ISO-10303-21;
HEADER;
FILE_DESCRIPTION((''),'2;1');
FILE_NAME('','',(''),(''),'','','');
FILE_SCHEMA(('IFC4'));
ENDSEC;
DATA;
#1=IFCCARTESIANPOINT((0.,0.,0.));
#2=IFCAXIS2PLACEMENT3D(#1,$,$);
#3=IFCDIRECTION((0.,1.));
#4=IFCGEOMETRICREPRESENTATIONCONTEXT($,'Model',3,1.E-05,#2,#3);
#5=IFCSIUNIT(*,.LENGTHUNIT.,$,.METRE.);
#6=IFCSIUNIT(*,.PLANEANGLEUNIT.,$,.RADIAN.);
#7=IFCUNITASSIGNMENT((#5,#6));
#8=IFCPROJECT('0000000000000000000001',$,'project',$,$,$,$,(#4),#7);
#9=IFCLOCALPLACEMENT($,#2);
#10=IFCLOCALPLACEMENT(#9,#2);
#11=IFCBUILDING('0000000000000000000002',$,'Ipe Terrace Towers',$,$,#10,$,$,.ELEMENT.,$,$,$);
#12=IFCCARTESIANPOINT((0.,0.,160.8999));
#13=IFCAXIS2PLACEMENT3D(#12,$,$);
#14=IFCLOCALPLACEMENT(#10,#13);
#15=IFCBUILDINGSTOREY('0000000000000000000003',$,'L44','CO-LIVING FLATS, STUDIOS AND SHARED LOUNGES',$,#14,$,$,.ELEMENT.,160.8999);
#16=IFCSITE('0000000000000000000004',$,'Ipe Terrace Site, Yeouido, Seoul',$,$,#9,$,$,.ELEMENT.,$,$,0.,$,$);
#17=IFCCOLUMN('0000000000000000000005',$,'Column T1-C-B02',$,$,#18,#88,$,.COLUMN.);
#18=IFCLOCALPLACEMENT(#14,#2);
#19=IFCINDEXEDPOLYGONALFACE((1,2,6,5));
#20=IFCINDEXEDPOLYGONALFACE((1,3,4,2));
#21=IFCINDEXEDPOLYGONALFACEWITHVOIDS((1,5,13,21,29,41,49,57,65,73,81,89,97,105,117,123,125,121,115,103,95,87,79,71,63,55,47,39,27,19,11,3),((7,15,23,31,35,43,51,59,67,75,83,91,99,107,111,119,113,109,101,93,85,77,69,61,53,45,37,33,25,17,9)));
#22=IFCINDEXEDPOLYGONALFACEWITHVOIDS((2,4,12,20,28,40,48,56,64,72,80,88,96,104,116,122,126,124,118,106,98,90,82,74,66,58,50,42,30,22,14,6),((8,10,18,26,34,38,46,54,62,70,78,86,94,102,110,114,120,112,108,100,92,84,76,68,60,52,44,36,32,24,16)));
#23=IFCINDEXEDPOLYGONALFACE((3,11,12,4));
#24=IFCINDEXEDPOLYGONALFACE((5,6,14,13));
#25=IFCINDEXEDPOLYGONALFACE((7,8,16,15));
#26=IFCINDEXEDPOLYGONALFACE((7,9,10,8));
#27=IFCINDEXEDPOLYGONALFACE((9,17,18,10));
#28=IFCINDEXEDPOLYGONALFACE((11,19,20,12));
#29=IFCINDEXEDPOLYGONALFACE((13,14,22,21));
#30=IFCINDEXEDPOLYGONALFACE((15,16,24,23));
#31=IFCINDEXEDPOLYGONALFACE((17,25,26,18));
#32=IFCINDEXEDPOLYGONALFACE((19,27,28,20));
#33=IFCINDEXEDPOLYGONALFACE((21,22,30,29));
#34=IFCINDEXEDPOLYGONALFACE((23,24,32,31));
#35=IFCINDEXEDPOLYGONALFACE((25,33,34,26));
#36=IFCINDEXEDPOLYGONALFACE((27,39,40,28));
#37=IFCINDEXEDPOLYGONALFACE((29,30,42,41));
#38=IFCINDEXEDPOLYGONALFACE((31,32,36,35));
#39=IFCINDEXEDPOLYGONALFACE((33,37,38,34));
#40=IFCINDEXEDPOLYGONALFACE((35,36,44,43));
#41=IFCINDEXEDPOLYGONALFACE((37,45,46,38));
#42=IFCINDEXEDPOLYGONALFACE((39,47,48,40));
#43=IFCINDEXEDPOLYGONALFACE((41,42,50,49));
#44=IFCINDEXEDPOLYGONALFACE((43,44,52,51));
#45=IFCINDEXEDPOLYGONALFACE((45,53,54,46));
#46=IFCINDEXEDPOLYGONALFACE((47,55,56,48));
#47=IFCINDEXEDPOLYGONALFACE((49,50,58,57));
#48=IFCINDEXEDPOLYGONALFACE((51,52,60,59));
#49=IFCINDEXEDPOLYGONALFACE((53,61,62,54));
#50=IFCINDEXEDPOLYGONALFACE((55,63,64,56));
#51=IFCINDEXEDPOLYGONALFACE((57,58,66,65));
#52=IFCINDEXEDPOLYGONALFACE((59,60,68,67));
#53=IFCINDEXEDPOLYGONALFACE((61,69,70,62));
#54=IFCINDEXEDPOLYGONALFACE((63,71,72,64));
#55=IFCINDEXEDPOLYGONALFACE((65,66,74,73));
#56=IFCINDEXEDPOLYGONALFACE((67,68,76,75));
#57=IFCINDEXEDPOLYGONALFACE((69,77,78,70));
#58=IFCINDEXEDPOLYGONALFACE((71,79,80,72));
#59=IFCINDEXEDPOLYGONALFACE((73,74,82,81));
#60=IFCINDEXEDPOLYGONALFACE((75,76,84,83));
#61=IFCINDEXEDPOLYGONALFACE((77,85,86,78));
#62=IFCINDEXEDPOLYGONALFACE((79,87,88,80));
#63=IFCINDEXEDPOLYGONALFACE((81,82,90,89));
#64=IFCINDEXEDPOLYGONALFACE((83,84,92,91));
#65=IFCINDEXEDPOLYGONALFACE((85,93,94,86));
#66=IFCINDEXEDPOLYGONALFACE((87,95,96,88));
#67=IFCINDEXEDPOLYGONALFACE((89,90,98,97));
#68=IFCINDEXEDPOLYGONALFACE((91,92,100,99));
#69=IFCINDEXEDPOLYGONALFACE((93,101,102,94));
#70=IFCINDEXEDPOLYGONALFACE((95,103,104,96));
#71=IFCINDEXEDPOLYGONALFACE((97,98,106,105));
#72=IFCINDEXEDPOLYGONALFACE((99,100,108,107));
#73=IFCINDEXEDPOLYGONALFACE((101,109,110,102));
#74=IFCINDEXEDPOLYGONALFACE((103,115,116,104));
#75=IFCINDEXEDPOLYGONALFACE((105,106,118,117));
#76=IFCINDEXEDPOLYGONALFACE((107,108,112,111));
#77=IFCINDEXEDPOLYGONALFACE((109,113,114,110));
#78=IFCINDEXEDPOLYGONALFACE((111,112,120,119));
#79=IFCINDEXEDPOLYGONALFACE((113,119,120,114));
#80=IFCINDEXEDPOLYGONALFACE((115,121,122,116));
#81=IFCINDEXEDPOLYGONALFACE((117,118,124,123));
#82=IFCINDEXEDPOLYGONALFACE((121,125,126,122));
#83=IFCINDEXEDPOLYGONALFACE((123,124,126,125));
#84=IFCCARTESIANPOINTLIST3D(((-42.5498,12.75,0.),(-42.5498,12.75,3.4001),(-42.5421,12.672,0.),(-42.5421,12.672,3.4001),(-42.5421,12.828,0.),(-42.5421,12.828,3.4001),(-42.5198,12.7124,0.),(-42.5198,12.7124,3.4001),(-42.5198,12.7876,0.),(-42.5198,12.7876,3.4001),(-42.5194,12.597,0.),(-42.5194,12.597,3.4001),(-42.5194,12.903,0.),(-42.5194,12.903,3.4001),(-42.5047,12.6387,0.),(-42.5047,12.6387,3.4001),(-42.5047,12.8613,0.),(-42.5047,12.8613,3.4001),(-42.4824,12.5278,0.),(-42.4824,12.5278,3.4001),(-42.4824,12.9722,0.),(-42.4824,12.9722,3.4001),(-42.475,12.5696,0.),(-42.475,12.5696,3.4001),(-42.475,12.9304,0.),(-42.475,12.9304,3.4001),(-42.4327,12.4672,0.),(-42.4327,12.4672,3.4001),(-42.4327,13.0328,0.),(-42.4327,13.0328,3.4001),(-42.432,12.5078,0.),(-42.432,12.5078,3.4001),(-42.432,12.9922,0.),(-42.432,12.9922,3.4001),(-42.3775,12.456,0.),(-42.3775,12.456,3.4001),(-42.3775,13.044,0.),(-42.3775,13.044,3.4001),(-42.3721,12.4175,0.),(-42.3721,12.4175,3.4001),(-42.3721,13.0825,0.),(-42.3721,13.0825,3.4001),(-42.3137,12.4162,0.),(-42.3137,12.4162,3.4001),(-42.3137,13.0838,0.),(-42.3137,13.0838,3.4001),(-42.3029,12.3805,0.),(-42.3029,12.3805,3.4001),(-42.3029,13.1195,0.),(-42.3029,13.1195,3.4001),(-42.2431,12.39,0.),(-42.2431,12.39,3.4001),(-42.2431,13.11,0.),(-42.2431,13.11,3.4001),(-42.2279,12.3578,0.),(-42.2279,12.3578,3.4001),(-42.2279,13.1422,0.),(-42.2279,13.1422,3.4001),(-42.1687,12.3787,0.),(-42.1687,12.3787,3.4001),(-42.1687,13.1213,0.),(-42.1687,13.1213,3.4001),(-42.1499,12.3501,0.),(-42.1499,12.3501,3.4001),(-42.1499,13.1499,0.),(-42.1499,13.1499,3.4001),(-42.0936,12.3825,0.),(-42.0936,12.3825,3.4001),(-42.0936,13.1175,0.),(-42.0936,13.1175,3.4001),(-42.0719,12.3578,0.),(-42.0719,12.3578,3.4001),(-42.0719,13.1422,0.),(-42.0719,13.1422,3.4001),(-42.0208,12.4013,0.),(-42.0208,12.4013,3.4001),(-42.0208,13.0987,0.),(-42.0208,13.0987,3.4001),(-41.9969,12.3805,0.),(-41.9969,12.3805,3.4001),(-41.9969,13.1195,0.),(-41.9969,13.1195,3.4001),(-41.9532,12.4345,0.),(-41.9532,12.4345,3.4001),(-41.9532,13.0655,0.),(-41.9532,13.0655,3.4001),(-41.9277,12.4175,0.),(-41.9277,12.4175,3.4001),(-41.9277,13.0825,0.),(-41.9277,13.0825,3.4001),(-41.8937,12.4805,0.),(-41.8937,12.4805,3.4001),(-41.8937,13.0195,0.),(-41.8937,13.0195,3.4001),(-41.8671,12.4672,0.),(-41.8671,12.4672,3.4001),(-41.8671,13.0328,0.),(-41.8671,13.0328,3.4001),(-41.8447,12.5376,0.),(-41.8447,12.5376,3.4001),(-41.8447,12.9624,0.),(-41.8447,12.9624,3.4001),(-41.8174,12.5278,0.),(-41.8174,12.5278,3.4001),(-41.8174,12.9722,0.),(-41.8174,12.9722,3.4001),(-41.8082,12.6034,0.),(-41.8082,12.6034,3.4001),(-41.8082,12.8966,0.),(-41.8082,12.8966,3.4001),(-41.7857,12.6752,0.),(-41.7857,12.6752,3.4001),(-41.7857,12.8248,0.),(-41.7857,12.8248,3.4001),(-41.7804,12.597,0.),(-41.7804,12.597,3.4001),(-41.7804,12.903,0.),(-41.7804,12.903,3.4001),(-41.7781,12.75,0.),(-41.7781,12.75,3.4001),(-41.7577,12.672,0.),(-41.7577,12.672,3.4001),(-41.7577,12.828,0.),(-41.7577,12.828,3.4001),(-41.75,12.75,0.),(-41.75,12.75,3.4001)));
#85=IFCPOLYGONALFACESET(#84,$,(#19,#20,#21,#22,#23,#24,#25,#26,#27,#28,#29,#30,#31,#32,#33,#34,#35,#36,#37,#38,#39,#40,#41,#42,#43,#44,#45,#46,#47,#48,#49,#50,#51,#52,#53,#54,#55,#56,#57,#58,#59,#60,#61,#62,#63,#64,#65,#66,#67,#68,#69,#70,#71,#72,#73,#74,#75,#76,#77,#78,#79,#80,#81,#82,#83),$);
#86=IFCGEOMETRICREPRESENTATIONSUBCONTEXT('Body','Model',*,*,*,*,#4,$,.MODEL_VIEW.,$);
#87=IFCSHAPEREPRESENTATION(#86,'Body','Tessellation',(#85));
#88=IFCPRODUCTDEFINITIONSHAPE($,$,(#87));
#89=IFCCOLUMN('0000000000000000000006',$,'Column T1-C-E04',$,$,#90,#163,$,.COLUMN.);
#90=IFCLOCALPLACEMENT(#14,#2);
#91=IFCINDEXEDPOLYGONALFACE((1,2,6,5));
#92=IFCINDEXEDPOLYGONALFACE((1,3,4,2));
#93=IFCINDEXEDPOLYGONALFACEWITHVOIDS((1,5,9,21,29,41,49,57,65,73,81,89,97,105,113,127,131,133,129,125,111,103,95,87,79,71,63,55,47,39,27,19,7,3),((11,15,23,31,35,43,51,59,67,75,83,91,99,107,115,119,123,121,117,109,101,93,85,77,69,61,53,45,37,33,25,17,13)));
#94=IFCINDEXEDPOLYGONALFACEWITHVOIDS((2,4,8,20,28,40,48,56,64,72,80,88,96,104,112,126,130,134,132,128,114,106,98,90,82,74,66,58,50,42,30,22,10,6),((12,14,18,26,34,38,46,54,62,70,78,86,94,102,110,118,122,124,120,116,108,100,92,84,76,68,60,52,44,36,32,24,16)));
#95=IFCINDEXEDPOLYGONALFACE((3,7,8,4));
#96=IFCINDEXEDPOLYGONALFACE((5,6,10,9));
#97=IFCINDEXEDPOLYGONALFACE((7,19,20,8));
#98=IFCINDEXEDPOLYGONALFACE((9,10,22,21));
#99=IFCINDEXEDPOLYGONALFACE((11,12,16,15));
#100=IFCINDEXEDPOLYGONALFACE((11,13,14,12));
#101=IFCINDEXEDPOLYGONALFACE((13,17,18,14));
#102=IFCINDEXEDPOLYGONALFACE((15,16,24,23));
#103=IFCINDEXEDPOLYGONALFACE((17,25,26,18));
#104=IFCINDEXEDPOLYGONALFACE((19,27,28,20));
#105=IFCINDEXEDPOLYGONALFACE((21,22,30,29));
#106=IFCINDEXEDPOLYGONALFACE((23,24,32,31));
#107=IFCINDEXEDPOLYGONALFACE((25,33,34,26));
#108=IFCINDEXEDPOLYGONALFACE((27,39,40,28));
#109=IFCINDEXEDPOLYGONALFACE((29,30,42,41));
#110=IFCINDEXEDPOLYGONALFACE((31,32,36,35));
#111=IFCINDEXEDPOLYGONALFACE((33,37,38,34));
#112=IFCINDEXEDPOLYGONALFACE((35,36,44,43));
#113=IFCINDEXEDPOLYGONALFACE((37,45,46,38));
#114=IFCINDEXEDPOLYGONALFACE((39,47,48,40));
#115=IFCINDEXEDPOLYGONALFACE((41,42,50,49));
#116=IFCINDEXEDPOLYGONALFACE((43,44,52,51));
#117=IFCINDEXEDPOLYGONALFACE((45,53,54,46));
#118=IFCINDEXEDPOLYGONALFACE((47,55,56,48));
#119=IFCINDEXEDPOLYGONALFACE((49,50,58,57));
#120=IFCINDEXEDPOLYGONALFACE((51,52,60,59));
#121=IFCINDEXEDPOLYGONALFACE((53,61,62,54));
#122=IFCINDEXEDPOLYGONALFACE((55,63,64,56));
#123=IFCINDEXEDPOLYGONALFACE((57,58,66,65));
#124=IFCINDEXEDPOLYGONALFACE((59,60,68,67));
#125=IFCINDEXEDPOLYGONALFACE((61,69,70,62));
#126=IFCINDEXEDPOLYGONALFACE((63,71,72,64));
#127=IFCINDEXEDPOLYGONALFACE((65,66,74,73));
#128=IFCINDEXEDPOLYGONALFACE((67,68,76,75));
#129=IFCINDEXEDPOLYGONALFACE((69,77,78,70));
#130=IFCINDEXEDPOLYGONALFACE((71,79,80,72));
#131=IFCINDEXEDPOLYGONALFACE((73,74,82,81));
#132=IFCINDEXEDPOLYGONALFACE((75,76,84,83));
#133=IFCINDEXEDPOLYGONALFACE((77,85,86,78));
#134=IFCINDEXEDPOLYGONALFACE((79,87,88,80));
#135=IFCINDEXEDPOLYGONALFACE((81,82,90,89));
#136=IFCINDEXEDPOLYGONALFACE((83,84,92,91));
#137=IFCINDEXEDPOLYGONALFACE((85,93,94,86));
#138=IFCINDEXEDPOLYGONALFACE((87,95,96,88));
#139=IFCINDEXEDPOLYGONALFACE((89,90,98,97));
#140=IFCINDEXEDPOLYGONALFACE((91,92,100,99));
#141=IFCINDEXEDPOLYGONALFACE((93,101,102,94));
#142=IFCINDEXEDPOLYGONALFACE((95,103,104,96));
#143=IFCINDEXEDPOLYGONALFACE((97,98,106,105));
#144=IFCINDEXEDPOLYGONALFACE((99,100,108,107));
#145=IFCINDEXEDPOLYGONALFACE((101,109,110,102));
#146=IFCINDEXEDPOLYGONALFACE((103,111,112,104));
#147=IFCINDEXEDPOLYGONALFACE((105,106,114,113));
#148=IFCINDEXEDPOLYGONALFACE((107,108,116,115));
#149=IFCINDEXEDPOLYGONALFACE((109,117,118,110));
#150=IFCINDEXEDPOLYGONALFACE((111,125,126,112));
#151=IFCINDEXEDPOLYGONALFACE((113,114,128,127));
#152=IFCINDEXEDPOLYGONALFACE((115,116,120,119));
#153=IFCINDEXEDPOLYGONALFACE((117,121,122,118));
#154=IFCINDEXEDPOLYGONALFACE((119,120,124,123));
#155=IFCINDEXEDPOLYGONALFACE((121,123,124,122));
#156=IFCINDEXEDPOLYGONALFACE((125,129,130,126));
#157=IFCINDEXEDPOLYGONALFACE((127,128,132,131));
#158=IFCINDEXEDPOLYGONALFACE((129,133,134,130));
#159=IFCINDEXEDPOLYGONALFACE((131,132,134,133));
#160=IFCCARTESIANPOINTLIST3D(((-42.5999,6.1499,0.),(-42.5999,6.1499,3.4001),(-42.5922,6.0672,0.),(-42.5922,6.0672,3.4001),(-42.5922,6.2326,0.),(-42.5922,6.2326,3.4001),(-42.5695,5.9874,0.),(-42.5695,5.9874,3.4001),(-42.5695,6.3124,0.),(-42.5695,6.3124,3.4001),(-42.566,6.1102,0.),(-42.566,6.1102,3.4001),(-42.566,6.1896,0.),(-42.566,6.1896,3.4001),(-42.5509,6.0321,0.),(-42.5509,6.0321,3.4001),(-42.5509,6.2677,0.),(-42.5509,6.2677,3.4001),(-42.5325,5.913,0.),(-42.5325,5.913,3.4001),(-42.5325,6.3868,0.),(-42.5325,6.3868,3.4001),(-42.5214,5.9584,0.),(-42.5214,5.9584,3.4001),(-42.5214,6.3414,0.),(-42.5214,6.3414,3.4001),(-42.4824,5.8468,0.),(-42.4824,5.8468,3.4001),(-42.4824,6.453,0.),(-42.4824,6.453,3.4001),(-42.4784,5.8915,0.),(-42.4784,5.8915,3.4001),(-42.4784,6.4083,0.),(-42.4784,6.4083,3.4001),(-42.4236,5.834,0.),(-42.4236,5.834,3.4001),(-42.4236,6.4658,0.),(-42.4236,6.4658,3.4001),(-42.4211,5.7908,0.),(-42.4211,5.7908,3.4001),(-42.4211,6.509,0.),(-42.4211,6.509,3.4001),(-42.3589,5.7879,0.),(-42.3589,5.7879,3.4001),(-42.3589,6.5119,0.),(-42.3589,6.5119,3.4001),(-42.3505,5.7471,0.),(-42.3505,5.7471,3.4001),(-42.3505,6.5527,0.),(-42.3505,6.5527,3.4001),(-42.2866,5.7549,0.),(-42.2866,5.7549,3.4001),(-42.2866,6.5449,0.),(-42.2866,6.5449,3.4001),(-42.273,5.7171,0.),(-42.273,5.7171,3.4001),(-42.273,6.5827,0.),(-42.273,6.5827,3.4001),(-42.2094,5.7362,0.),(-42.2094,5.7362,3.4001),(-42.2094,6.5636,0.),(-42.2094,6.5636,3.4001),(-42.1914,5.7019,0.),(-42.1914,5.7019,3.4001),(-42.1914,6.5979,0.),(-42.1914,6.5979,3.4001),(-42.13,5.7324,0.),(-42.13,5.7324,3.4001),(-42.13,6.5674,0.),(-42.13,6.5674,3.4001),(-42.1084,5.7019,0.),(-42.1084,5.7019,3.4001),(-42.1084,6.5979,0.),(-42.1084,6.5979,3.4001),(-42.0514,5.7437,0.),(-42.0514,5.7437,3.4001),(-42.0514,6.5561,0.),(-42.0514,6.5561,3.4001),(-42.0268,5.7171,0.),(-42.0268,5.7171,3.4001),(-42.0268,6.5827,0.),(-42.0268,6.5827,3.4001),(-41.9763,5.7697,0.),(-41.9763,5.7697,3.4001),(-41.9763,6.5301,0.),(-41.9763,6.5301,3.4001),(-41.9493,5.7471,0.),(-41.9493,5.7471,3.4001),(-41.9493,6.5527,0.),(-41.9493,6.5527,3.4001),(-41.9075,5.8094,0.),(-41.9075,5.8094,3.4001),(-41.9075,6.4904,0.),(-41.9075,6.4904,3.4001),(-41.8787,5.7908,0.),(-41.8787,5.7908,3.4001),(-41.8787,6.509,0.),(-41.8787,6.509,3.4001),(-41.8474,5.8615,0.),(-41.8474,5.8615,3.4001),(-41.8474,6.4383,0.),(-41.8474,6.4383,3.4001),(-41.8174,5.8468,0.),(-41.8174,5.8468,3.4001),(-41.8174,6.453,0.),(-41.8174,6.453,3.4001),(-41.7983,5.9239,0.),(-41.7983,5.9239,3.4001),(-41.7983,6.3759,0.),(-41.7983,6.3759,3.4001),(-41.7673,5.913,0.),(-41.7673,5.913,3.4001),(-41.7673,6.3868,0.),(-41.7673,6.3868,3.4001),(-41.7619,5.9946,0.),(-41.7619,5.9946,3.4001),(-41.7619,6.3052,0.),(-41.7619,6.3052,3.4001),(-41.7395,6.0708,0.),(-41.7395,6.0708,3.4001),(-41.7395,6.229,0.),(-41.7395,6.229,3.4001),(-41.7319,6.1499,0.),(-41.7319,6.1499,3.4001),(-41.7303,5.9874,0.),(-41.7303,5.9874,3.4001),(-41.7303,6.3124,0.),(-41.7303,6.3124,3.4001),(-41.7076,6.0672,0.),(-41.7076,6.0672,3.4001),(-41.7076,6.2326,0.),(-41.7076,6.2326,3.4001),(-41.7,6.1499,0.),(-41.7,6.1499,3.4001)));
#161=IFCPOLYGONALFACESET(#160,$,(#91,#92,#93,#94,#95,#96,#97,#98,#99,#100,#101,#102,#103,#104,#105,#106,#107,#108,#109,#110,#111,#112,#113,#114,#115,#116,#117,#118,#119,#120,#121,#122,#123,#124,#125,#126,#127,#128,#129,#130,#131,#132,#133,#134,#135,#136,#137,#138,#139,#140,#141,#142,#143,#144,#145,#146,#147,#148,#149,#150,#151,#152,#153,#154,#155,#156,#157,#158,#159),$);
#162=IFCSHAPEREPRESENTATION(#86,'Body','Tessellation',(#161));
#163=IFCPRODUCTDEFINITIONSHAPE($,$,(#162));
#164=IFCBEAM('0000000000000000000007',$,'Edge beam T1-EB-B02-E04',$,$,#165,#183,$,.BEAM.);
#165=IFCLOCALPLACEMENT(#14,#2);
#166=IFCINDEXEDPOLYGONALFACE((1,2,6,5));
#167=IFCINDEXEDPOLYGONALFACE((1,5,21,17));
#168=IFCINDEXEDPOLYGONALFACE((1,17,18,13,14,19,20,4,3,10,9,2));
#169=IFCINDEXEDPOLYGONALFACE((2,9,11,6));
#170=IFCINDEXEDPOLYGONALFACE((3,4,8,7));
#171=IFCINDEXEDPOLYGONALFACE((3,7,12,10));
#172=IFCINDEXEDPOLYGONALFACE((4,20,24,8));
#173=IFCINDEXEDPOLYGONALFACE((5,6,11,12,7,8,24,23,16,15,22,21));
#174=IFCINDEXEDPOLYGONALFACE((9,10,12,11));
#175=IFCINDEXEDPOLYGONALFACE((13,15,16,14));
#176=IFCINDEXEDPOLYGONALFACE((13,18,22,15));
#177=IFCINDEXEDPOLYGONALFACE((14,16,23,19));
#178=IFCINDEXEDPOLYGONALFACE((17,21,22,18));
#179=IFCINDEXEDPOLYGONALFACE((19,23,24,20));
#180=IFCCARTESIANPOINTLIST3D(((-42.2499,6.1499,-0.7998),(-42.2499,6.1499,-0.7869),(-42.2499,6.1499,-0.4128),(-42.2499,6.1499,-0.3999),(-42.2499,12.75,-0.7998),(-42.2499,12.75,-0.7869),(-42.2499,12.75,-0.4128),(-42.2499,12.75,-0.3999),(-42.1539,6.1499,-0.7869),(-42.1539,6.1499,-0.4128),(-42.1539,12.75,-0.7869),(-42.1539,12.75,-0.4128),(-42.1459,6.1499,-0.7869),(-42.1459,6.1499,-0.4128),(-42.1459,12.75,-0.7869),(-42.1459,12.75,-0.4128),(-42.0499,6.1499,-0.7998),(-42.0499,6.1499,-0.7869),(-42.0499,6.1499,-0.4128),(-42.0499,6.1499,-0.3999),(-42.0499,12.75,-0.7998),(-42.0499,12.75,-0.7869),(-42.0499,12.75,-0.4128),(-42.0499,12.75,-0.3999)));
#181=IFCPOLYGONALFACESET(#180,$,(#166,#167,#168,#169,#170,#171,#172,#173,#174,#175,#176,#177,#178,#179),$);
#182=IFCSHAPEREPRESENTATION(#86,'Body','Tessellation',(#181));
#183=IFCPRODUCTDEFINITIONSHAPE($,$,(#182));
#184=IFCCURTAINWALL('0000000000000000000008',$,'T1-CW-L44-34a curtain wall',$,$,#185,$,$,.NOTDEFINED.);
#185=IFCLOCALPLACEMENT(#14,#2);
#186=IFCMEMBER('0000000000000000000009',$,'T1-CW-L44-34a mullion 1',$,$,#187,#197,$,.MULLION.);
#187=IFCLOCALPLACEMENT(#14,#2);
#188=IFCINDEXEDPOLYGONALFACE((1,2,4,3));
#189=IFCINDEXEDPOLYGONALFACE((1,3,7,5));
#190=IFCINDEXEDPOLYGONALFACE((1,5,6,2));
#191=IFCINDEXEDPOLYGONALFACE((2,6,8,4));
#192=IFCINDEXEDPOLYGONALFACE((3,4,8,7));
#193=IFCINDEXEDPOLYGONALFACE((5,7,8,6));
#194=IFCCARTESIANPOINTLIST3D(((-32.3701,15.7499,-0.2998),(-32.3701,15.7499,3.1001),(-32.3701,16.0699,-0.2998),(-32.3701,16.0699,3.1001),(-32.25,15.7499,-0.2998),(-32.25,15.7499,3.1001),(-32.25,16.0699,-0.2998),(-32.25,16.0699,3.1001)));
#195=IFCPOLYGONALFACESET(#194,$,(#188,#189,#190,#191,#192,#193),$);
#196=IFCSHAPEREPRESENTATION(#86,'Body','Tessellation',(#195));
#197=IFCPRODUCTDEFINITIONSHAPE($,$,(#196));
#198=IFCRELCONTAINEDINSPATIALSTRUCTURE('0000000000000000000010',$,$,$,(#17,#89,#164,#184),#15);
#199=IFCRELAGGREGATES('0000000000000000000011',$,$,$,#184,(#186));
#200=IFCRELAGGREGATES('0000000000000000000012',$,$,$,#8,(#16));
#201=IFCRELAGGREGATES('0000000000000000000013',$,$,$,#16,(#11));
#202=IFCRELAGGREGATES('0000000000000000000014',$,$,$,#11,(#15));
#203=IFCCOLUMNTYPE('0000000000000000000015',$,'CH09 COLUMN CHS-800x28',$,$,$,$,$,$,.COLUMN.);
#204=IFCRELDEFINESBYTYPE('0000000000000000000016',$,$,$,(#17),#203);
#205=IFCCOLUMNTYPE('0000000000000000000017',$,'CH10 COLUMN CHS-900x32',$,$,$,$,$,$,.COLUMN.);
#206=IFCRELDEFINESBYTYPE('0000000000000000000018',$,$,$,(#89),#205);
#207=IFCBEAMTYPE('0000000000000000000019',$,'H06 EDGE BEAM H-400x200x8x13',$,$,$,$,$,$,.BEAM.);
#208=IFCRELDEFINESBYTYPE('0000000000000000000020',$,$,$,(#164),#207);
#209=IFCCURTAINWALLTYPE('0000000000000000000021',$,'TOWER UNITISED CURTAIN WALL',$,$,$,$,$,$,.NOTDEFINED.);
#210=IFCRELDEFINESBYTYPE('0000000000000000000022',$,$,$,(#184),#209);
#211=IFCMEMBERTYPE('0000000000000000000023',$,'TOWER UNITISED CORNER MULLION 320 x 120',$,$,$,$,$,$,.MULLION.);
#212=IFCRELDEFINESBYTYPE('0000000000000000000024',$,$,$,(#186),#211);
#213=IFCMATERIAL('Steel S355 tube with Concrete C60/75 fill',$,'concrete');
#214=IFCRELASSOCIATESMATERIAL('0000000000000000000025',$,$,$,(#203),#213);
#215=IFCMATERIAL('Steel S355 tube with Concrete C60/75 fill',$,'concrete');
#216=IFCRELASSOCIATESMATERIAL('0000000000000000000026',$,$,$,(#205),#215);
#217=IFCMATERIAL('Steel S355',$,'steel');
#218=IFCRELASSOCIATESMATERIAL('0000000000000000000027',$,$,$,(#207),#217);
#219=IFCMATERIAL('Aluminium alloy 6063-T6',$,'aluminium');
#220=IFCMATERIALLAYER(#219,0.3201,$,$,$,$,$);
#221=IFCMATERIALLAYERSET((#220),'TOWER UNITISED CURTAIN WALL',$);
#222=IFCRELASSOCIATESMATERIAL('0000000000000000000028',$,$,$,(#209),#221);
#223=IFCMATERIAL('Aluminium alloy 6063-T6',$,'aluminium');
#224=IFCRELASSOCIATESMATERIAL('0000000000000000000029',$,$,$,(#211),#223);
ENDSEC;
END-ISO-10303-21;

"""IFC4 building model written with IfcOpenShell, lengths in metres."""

from ifc_helpers import new_model, si_unit, direction, frame, origin, origin_2d, place, context, subcontext, project, spatial, rectangle, hollow_circle, i_section, extrude, material, layer, layer_set, material_profile, profile_set, type_object, element, aggregate, save


model = new_model("IFC4")

# Units and contexts
model_context = context("Model", 3, precision=1e-05, world=origin(), true_north=direction((0.0, 1.0)))
body_context = subcontext(model_context, "Body", "Model", "MODEL_VIEW")
ifc_project = project(units=[si_unit("LENGTHUNIT", "METRE"), si_unit("PLANEANGLEUNIT", "RADIAN")], contexts=[model_context])

# Site, building, storey
site_placement = place(None, origin())
site = spatial("IfcSite", under=ifc_project, at=site_placement, Name="Ipe Terrace Site, Yeouido, Seoul", CompositionType="ELEMENT", RefElevation=0.0)
building_placement = place(site_placement, origin())
building = spatial("IfcBuilding", under=site, at=building_placement, Name="Ipe Terrace Towers", CompositionType="ELEMENT")
storey_placement = place(building_placement, frame((0.0, 0.0, 160.8999)))
storey = spatial("IfcBuildingStorey", under=building, at=storey_placement, Name="L44", Description="CO-LIVING FLATS, STUDIOS AND SHARED LOUNGES", CompositionType="ELEMENT", Elevation=160.8999)

# Columns
ifc_material_1 = material(Name="Steel S355 tube with Concrete C60/75 fill", Category="concrete")
ifc_material_profile_1 = material_profile(ifc_material_1, hollow_circle(Radius=0.3999, WallThickness=0.0281, at=origin_2d()), Name="CHS-800x28")
ifc_profile_set_1 = profile_set([ifc_material_profile_1], Name="Steel S355 tube with Concrete C60/75 fill")
column_type_1 = type_object("IfcColumnType", Name="CH09 COLUMN CHS-800x28", PredefinedType="COLUMN", material=ifc_profile_set_1)
column_1_placement = place(storey_placement, frame((-42.1499, 12.75, 0.0), z_axis=(0.0, 0.0, 1.0), x_axis=(1.0, 0.0, 0.0)))
element("IfcColumn", 1, at=column_1_placement, inside=storey, type_object=column_type_1, Name="Column T1-C-B02", PredefinedType="COLUMN", context=body_context, shape_type="SweptSolid", body=[
    extrude(hollow_circle(Radius=0.3999, WallThickness=0.0281, at=origin_2d()), origin(), (0.0, 0.0, 1.0), 3.4001),
])
ifc_material_2 = material(Name="Steel S355 tube with Concrete C60/75 fill", Category="concrete")
ifc_material_profile_2 = material_profile(ifc_material_2, hollow_circle(Radius=0.45, WallThickness=0.032, at=origin_2d()), Name="CHS-900x32")
ifc_profile_set_2 = profile_set([ifc_material_profile_2], Name="Steel S355 tube with Concrete C60/75 fill")
column_type_2 = type_object("IfcColumnType", Name="CH10 COLUMN CHS-900x32", PredefinedType="COLUMN", material=ifc_profile_set_2)
column_2_placement = place(storey_placement, frame((-42.1499, 6.1499, 0.0), z_axis=(0.0, 0.0, 1.0), x_axis=(1.0, 0.0, 0.0)))
element("IfcColumn", 2, at=column_2_placement, inside=storey, type_object=column_type_2, Name="Column T1-C-E04", PredefinedType="COLUMN", context=body_context, shape_type="SweptSolid", body=[
    extrude(hollow_circle(Radius=0.45, WallThickness=0.032, at=origin_2d()), origin(), (0.0, 0.0, 1.0), 3.4001),
])

# Beam
ifc_material_3 = material(Name="Steel S355", Category="steel")
ifc_material_profile_3 = material_profile(ifc_material_3, i_section(OverallWidth=0.2, OverallDepth=0.3999, WebThickness=0.0081, FlangeThickness=0.0129, at=origin_2d()), Name="H-400x200x8x13")
ifc_profile_set_3 = profile_set([ifc_material_profile_3], Name="Steel S355")
beam_type = type_object("IfcBeamType", Name="H06 EDGE BEAM H-400x200x8x13", PredefinedType="BEAM", material=ifc_profile_set_3)
beam_placement = place(storey_placement, frame((-42.1499, 12.75, -0.5999), z_axis=(0.0, -1.0, 0.0), x_axis=(1.0, 0.0, 0.0)))
element("IfcBeam", 3, at=beam_placement, inside=storey, type_object=beam_type, Name="Edge beam T1-EB-B02-E04", PredefinedType="BEAM", context=body_context, shape_type="SweptSolid", body=[
    extrude(i_section(OverallWidth=0.2, OverallDepth=0.3999, WebThickness=0.0081, FlangeThickness=0.0129, at=origin_2d()), origin(), (0.0, 0.0, 1.0), 6.6001),
])

# Curtain wall, member
ifc_material_4 = material(Name="Aluminium alloy 6063-T6", Category="aluminium")
ifc_layer_1 = layer(ifc_material_4, 0.3201)
ifc_layer_set_1 = layer_set([ifc_layer_1], Name="TOWER UNITISED CURTAIN WALL")
curtain_wall_type = type_object("IfcCurtainWallType", Name="TOWER UNITISED CURTAIN WALL", PredefinedType="NOTDEFINED", material=ifc_layer_set_1)
curtain_wall_placement = place(storey_placement, origin())
curtain_wall = element("IfcCurtainWall", 4, at=curtain_wall_placement, inside=storey, type_object=curtain_wall_type, Name="T1-CW-L44-34a curtain wall", PredefinedType="NOTDEFINED")
ifc_material_5 = material(Name="Aluminium alloy 6063-T6", Category="aluminium")
ifc_material_profile_4 = material_profile(ifc_material_5, rectangle(XDim=0.3201, YDim=0.1201, at=origin_2d()), Name="TOWER UNITISED CORNER MULLION 320 x 120")
ifc_profile_set_4 = profile_set([ifc_material_profile_4], Name="Aluminium alloy 6063-T6")
member_type_1 = type_object("IfcMemberType", Name="TOWER UNITISED CORNER MULLION 320 x 120", PredefinedType="MULLION", material=ifc_profile_set_4)
member_1_placement = place(storey_placement, frame((-32.3101, 15.9099, -0.2998), z_axis=(0.0, 0.0, 1.0), x_axis=(0.0, 1.0, 0.0)))
member_1 = element("IfcMember", 5, at=member_1_placement, type_object=member_type_1, Name="T1-CW-L44-34a mullion 1", PredefinedType="MULLION", context=body_context, shape_type="SweptSolid", body=[
    extrude(rectangle(XDim=0.3201, YDim=0.1201, at=origin_2d()), origin(), (0.0, 0.0, 1.0), 3.3999),
])
aggregate(curtain_wall, [member_1])

save(model, "model.ifc")
